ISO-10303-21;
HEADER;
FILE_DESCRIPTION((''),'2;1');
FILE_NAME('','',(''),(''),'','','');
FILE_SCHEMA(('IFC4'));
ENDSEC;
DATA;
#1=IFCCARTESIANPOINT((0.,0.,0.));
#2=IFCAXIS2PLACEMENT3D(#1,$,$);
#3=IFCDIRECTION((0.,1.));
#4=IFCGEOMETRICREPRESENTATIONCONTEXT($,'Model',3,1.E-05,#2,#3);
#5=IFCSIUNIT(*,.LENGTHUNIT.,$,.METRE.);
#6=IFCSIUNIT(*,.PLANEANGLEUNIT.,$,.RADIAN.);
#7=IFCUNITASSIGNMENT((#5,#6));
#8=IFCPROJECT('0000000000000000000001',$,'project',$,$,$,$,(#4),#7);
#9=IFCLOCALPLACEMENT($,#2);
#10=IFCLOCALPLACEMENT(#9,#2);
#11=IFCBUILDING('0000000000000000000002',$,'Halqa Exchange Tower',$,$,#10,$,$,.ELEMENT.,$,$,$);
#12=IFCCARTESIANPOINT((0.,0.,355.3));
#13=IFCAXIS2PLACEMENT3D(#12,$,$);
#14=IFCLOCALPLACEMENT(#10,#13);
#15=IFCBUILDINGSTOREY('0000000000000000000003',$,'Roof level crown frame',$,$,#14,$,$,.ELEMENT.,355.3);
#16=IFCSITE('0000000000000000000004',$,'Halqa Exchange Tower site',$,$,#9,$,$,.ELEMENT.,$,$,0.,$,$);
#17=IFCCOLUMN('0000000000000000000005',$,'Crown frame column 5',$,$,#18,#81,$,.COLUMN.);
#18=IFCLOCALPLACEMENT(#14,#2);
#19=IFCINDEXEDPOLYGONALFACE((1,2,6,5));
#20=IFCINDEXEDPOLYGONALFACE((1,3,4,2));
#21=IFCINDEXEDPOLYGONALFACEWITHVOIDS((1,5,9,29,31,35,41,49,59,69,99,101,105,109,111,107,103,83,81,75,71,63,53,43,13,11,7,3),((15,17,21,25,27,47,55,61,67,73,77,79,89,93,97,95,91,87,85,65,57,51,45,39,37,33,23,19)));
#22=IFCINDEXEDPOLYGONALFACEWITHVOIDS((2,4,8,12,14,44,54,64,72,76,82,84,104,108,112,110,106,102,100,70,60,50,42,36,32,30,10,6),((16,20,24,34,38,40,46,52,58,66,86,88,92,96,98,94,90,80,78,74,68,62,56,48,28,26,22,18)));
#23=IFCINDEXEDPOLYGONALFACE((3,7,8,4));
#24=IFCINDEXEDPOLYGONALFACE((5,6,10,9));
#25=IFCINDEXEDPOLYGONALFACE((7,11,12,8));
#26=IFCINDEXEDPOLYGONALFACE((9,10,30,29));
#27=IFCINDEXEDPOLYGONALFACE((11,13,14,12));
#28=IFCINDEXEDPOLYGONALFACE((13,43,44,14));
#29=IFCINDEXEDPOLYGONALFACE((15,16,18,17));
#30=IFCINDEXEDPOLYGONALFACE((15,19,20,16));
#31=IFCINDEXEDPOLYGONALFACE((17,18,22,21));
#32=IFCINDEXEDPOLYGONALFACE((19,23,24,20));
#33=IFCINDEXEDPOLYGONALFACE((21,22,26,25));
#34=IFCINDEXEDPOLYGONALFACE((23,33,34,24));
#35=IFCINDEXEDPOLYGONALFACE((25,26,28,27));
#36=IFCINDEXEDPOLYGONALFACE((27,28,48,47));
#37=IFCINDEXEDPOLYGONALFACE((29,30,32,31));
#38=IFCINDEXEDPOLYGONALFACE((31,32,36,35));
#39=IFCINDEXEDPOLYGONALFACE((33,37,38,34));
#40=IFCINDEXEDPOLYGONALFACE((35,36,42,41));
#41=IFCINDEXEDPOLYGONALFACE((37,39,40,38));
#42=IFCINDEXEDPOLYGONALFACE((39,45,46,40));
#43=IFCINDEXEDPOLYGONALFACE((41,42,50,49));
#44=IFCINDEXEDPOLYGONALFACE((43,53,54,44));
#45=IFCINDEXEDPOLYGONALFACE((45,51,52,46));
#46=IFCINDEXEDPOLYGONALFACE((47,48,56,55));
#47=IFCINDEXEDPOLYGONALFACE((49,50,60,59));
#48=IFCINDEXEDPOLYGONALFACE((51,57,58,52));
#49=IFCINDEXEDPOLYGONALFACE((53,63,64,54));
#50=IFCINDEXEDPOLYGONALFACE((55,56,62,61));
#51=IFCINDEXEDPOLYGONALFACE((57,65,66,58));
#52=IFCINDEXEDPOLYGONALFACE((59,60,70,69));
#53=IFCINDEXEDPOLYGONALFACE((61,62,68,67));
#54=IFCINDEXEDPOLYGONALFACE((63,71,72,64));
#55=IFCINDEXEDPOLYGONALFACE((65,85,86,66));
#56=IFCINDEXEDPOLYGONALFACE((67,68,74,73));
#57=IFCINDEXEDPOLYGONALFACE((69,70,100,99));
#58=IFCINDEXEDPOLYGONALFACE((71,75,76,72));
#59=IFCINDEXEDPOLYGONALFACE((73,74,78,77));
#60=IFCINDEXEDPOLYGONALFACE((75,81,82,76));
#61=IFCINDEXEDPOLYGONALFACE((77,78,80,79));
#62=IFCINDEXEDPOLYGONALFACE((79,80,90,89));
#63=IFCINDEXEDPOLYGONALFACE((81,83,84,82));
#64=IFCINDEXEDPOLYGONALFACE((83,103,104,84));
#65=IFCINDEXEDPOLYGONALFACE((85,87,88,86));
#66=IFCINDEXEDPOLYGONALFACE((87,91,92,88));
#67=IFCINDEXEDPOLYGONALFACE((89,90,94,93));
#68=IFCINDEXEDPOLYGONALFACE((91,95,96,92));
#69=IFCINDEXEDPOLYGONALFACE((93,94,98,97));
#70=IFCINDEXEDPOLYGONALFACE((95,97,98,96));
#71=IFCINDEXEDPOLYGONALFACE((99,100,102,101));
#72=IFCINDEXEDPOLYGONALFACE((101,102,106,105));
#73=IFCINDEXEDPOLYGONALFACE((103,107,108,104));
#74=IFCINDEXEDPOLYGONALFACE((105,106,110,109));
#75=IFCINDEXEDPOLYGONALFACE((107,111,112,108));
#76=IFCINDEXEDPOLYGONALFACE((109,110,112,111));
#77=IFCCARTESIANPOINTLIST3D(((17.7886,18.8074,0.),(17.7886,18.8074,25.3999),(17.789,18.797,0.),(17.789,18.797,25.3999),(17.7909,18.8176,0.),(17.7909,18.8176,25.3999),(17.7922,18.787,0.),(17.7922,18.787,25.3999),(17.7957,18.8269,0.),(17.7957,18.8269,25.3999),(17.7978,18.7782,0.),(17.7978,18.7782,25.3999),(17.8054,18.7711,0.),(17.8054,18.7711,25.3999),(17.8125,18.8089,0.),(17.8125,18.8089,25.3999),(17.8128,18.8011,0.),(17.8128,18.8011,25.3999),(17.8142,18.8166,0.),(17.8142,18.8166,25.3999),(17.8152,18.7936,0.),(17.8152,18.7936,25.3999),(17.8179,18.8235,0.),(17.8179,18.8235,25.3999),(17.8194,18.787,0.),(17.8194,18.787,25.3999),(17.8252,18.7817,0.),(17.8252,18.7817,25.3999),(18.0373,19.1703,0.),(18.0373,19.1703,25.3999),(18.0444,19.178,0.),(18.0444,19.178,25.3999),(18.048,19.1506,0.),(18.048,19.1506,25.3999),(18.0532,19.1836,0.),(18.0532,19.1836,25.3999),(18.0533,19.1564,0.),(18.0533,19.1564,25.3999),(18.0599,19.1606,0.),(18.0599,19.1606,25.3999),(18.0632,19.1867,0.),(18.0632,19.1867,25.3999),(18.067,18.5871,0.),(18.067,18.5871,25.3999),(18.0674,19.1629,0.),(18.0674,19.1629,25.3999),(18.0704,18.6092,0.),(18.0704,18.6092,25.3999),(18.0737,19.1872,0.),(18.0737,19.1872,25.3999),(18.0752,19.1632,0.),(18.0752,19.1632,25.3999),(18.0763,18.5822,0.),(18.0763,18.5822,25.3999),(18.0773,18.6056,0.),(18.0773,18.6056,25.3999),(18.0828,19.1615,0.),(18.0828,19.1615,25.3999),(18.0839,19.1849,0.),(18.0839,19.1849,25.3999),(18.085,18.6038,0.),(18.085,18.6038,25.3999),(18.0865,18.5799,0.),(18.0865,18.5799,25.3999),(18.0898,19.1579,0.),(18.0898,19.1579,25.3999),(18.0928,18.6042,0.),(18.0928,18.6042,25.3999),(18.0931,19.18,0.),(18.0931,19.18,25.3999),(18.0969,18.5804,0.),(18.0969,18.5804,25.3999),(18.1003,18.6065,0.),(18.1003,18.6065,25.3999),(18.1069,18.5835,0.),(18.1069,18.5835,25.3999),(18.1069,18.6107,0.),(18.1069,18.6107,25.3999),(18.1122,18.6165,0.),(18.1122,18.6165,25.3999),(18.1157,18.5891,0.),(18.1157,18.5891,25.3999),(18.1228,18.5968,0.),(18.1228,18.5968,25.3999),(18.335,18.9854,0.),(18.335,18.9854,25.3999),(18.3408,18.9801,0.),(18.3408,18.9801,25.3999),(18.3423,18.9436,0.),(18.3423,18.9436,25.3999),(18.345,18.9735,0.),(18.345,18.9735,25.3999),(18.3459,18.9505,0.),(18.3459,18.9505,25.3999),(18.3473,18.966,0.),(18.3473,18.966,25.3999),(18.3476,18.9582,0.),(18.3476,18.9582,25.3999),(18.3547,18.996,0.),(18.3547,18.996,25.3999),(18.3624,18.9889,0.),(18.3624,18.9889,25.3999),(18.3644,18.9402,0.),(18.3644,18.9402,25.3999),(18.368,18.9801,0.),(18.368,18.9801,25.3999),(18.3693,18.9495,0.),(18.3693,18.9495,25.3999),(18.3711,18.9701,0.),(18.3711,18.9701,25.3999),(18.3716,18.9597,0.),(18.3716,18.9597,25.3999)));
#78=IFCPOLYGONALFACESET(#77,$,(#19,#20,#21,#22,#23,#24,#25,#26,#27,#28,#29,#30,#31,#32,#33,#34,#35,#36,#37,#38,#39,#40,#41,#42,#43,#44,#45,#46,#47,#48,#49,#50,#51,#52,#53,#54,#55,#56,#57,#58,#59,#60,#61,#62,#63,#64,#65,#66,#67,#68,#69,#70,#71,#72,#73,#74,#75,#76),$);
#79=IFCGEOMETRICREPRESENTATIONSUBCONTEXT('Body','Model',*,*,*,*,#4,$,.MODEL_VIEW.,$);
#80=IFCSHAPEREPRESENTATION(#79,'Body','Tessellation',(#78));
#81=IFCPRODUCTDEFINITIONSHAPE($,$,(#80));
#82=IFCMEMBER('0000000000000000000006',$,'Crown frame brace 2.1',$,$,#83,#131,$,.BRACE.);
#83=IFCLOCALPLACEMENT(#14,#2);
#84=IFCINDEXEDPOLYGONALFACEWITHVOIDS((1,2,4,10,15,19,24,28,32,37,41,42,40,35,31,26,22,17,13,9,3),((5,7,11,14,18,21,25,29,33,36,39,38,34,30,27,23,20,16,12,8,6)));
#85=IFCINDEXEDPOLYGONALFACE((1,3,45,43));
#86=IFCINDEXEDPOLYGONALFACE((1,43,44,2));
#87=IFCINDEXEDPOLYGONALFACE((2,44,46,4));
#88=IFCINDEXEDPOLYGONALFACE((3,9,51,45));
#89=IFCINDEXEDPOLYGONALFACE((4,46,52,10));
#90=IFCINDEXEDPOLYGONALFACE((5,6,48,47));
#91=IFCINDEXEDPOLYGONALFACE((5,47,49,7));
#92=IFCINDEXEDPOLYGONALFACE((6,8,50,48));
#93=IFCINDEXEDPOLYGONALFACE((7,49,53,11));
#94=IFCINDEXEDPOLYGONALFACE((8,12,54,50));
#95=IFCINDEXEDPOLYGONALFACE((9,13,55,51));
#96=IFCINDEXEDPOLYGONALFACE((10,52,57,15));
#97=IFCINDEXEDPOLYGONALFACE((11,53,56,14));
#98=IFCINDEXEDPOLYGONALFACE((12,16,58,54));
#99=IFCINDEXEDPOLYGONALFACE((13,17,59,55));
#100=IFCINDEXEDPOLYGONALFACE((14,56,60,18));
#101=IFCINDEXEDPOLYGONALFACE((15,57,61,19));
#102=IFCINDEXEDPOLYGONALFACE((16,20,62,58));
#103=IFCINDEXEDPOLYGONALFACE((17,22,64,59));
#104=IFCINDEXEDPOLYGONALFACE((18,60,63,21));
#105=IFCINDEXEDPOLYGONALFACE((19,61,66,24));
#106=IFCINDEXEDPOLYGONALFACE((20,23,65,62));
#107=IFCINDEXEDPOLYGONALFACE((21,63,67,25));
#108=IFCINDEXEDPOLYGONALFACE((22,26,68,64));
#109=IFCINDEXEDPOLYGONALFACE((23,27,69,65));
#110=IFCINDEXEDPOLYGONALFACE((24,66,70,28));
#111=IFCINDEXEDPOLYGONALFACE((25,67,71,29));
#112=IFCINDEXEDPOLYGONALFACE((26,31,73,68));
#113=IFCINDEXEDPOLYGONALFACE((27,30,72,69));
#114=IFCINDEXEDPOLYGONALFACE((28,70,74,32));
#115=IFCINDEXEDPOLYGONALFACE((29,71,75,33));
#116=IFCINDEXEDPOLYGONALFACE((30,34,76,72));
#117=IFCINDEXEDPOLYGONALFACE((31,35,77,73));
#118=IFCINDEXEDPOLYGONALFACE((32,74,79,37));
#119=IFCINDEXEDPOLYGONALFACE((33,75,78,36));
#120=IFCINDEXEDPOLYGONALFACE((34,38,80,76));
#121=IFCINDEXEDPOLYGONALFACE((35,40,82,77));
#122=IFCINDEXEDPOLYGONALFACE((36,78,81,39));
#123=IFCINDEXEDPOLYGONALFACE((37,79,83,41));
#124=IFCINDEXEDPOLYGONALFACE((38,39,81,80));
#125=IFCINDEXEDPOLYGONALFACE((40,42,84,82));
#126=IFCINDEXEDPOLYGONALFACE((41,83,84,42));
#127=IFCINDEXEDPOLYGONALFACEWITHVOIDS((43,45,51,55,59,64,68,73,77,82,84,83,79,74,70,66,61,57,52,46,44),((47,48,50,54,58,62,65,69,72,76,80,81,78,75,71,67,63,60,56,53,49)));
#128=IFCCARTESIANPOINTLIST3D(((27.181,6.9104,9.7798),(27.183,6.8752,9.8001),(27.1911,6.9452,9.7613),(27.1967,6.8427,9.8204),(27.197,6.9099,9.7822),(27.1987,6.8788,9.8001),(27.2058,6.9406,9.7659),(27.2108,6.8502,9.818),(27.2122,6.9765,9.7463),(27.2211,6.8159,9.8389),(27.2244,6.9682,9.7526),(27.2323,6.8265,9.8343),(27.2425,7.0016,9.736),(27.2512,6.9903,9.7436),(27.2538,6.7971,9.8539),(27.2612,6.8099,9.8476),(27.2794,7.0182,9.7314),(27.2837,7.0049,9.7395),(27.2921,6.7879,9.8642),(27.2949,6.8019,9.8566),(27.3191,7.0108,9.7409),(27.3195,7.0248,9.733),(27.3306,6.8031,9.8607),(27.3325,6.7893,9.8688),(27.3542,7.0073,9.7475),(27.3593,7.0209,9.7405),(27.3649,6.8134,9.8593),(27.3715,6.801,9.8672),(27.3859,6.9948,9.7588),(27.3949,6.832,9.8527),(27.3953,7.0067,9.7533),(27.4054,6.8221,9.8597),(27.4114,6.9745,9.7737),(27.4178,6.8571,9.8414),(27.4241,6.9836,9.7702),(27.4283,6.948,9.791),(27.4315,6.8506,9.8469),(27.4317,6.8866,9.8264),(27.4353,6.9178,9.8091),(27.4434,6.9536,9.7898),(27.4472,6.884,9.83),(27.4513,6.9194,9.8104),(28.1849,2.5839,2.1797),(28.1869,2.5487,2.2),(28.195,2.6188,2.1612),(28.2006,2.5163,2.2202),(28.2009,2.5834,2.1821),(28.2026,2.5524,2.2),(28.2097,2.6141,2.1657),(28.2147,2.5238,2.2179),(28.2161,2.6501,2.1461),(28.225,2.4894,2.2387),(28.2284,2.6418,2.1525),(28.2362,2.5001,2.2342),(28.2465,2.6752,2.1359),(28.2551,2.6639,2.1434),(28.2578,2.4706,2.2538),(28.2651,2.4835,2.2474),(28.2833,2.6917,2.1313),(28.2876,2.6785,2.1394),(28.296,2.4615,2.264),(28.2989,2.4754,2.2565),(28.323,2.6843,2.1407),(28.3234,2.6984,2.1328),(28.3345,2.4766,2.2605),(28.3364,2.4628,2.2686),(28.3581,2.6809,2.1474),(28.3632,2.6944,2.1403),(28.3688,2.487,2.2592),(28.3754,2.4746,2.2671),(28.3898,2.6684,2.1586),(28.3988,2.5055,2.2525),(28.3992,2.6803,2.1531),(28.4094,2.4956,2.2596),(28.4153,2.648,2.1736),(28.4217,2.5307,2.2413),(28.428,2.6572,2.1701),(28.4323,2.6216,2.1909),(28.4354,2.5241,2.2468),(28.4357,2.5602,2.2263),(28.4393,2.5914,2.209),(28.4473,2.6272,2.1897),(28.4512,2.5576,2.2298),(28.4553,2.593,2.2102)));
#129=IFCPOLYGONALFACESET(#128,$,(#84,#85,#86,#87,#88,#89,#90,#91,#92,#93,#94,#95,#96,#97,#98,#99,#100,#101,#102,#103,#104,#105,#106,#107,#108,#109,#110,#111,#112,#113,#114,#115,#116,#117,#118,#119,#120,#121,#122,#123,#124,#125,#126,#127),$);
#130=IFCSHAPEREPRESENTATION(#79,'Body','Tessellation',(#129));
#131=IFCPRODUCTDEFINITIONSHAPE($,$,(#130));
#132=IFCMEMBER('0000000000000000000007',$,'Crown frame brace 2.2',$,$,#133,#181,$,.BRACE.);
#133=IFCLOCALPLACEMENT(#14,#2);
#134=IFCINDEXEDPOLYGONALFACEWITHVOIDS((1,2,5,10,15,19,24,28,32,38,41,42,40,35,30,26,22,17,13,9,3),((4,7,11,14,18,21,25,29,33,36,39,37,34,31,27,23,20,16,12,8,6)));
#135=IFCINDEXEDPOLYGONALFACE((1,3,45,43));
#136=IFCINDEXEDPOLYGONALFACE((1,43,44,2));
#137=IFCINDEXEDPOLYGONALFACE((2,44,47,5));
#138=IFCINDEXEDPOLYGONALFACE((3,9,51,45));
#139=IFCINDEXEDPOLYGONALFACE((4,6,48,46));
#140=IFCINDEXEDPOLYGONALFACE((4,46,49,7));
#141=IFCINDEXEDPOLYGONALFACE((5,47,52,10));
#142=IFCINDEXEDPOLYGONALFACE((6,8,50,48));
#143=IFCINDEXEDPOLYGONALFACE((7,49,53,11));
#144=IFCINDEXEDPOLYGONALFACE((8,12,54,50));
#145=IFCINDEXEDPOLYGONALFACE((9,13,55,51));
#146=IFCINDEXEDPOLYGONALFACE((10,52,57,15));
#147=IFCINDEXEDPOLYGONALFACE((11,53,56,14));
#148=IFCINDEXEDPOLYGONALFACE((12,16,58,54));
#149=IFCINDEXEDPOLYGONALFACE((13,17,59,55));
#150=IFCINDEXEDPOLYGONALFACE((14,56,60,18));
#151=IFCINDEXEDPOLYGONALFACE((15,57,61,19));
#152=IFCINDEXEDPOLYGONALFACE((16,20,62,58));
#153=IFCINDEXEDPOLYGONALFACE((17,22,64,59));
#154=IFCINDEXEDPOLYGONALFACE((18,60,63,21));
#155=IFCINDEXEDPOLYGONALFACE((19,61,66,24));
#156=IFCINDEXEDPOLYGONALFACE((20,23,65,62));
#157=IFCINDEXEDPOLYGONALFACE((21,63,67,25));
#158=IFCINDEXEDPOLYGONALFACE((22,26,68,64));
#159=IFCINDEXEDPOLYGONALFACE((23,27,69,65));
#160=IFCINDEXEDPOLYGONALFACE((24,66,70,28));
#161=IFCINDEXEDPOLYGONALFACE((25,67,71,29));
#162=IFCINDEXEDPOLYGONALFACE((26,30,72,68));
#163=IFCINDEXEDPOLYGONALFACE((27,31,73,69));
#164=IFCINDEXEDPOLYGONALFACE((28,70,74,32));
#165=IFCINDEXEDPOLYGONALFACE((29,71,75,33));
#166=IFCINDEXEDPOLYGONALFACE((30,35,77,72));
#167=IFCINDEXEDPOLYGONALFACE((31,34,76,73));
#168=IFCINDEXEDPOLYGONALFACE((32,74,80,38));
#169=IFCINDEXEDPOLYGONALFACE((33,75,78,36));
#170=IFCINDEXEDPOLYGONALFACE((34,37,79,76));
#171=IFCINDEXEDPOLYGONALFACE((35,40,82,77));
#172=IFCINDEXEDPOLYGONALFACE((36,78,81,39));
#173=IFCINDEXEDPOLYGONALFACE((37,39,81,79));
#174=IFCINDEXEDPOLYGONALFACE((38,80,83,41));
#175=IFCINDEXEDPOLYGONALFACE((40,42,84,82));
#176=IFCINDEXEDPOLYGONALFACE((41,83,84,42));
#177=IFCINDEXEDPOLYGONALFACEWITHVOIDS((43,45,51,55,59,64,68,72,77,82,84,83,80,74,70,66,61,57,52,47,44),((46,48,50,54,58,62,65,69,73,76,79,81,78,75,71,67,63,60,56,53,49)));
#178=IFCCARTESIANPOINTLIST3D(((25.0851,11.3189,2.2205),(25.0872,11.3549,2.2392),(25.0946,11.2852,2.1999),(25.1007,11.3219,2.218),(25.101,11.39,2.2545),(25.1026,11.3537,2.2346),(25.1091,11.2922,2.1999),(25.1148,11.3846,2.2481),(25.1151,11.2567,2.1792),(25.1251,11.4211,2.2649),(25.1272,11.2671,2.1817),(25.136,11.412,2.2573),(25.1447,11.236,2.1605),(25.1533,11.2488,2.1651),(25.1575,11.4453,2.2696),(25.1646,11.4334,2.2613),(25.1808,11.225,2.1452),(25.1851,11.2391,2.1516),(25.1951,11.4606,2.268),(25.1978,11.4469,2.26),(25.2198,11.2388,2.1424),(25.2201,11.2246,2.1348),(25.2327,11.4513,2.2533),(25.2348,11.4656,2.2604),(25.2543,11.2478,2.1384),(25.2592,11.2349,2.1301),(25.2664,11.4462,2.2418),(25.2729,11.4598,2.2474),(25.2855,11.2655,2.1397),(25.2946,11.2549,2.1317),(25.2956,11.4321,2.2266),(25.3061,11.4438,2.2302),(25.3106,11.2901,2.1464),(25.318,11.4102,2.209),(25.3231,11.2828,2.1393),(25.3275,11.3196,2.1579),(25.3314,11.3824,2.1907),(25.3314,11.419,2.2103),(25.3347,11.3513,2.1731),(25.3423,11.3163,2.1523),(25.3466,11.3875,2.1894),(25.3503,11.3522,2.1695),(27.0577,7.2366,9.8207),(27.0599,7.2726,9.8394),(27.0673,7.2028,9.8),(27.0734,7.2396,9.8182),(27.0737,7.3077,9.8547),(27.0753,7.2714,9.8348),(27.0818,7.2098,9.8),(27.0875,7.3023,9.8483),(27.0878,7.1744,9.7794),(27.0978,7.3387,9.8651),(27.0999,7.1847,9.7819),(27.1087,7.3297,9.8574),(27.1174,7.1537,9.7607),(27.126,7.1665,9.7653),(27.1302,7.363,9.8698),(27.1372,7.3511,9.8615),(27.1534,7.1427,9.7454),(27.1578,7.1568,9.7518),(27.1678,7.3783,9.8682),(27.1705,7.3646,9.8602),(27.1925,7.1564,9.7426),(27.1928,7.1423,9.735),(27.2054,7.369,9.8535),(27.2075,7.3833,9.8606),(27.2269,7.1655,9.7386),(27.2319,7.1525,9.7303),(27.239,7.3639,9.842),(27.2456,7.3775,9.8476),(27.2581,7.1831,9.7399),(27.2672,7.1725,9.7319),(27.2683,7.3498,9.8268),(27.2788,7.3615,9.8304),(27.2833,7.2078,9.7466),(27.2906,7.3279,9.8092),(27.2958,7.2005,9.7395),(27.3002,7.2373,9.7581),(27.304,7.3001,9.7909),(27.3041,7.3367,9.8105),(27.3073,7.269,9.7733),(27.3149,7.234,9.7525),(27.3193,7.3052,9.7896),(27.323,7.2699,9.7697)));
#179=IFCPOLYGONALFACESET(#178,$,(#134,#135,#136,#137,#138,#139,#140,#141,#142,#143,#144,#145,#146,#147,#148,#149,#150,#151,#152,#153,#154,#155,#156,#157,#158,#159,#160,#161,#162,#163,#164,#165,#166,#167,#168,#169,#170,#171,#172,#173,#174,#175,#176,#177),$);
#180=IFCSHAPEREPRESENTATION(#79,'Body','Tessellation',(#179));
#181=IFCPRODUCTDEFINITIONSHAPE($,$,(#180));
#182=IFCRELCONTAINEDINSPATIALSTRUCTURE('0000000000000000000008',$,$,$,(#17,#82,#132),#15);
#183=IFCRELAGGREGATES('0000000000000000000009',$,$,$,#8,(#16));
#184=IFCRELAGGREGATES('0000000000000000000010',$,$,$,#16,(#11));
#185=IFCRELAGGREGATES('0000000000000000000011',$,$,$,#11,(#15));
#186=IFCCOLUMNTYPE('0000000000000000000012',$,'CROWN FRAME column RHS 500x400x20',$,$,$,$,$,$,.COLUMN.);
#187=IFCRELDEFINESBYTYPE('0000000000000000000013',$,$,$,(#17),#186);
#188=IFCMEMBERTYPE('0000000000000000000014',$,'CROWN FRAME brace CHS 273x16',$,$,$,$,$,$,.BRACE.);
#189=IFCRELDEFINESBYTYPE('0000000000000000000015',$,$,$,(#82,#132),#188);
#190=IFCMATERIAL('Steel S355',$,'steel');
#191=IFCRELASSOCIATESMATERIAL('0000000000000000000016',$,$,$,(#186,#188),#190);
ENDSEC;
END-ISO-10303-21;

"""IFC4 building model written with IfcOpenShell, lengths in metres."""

from ifc_helpers import new_model, si_unit, direction, frame, origin, origin_2d, place, context, subcontext, project, spatial, hollow_rectangle, hollow_circle, extrude, material, material_profile, profile_set, type_object, element, save


model = new_model("IFC4")

# Units and contexts
model_context = context("Model", 3, precision=1e-05, world=origin(), true_north=direction((0.0, 1.0)))
body_context = subcontext(model_context, "Body", "Model", "MODEL_VIEW")
ifc_project = project(units=[si_unit("LENGTHUNIT", "METRE"), si_unit("PLANEANGLEUNIT", "RADIAN")], contexts=[model_context])

# Site, building, storey
site_placement = place(None, origin())
site = spatial("IfcSite", under=ifc_project, at=site_placement, Name="Halqa Exchange Tower site", CompositionType="ELEMENT", RefElevation=0.0)
building_placement = place(site_placement, origin())
building = spatial("IfcBuilding", under=site, at=building_placement, Name="Halqa Exchange Tower", CompositionType="ELEMENT")
storey_placement = place(building_placement, frame((0.0, 0.0, 355.3)))
storey = spatial("IfcBuildingStorey", under=building, at=storey_placement, Name="Roof level crown frame", CompositionType="ELEMENT", Elevation=355.3)

# Column
ifc_material_1 = material(Name="Steel S355", Category="steel")
ifc_material_profile_1 = material_profile(ifc_material_1, hollow_rectangle(XDim=0.3999, YDim=0.5, WallThickness=0.02, InnerFilletRadius=0.03, OuterFilletRadius=0.04, at=origin_2d()), Name="RHS 500x400x20")
ifc_profile_set_1 = profile_set([ifc_material_profile_1], Name="Steel S355")
column_type = type_object("IfcColumnType", Name="CROWN FRAME column RHS 500x400x20", PredefinedType="COLUMN", material=ifc_profile_set_1)
for number, where, z_axis, x_axis, name in (
    (1, (18.0801, 18.8835, 0.0), (0.0, 0.0, 1.0), (-0.817907, 0.575351, 0.0), "Crown frame column 5"),
):
    element("IfcColumn", number, at=place(storey_placement, frame(where, z_axis=z_axis, x_axis=x_axis)), inside=storey, type_object=column_type, Name=name, PredefinedType="COLUMN", context=body_context, shape_type="SweptSolid", body=[
        extrude(hollow_rectangle(XDim=0.3999, YDim=0.5, WallThickness=0.02, InnerFilletRadius=0.03, OuterFilletRadius=0.04, at=origin_2d()), origin(), (0.0, 0.0, 1.0), 25.3999),
    ])

# Members
ifc_material_profile_2 = material_profile(ifc_material_1, hollow_circle(Radius=0.1365, WallThickness=0.0161, at=origin_2d()), Name="CHS 273x16")
ifc_profile_set_2 = profile_set([ifc_material_profile_2], Name="Steel S355")
member_type = type_object("IfcMemberType", Name="CROWN FRAME brace CHS 273x16", PredefinedType="BRACE", material=ifc_profile_set_2)
member_1_placement = place(storey_placement, frame((28.3198, 2.5796, 2.2), z_axis=(-0.114046, 0.491488, 0.863384), x_axis=(-0.974119, -0.226036, 0.0)))
element("IfcMember", 2, at=member_1_placement, inside=storey, type_object=member_type, Name="Crown frame brace 2.1", PredefinedType="BRACE", context=body_context, shape_type="SweptSolid", body=[
    extrude(hollow_circle(Radius=0.1365, WallThickness=0.0161, at=origin_2d()), origin(), (0.0, 0.0, 1.0), 8.8027),
])
member_2_placement = place(storey_placement, frame((27.1902, 7.2622, 9.8), z_axis=(-0.222906, 0.461288, -0.858794), x_axis=(-0.900387, -0.435089, 0.0)))
element("IfcMember", 3, at=member_2_placement, inside=storey, type_object=member_type, Name="Crown frame brace 2.2", PredefinedType="BRACE", context=body_context, shape_type="SweptSolid", body=[
    extrude(hollow_circle(Radius=0.1365, WallThickness=0.0161, at=origin_2d()), origin(), (0.0, 0.0, 1.0), 8.8499),
])

save(model, "model.ifc")
